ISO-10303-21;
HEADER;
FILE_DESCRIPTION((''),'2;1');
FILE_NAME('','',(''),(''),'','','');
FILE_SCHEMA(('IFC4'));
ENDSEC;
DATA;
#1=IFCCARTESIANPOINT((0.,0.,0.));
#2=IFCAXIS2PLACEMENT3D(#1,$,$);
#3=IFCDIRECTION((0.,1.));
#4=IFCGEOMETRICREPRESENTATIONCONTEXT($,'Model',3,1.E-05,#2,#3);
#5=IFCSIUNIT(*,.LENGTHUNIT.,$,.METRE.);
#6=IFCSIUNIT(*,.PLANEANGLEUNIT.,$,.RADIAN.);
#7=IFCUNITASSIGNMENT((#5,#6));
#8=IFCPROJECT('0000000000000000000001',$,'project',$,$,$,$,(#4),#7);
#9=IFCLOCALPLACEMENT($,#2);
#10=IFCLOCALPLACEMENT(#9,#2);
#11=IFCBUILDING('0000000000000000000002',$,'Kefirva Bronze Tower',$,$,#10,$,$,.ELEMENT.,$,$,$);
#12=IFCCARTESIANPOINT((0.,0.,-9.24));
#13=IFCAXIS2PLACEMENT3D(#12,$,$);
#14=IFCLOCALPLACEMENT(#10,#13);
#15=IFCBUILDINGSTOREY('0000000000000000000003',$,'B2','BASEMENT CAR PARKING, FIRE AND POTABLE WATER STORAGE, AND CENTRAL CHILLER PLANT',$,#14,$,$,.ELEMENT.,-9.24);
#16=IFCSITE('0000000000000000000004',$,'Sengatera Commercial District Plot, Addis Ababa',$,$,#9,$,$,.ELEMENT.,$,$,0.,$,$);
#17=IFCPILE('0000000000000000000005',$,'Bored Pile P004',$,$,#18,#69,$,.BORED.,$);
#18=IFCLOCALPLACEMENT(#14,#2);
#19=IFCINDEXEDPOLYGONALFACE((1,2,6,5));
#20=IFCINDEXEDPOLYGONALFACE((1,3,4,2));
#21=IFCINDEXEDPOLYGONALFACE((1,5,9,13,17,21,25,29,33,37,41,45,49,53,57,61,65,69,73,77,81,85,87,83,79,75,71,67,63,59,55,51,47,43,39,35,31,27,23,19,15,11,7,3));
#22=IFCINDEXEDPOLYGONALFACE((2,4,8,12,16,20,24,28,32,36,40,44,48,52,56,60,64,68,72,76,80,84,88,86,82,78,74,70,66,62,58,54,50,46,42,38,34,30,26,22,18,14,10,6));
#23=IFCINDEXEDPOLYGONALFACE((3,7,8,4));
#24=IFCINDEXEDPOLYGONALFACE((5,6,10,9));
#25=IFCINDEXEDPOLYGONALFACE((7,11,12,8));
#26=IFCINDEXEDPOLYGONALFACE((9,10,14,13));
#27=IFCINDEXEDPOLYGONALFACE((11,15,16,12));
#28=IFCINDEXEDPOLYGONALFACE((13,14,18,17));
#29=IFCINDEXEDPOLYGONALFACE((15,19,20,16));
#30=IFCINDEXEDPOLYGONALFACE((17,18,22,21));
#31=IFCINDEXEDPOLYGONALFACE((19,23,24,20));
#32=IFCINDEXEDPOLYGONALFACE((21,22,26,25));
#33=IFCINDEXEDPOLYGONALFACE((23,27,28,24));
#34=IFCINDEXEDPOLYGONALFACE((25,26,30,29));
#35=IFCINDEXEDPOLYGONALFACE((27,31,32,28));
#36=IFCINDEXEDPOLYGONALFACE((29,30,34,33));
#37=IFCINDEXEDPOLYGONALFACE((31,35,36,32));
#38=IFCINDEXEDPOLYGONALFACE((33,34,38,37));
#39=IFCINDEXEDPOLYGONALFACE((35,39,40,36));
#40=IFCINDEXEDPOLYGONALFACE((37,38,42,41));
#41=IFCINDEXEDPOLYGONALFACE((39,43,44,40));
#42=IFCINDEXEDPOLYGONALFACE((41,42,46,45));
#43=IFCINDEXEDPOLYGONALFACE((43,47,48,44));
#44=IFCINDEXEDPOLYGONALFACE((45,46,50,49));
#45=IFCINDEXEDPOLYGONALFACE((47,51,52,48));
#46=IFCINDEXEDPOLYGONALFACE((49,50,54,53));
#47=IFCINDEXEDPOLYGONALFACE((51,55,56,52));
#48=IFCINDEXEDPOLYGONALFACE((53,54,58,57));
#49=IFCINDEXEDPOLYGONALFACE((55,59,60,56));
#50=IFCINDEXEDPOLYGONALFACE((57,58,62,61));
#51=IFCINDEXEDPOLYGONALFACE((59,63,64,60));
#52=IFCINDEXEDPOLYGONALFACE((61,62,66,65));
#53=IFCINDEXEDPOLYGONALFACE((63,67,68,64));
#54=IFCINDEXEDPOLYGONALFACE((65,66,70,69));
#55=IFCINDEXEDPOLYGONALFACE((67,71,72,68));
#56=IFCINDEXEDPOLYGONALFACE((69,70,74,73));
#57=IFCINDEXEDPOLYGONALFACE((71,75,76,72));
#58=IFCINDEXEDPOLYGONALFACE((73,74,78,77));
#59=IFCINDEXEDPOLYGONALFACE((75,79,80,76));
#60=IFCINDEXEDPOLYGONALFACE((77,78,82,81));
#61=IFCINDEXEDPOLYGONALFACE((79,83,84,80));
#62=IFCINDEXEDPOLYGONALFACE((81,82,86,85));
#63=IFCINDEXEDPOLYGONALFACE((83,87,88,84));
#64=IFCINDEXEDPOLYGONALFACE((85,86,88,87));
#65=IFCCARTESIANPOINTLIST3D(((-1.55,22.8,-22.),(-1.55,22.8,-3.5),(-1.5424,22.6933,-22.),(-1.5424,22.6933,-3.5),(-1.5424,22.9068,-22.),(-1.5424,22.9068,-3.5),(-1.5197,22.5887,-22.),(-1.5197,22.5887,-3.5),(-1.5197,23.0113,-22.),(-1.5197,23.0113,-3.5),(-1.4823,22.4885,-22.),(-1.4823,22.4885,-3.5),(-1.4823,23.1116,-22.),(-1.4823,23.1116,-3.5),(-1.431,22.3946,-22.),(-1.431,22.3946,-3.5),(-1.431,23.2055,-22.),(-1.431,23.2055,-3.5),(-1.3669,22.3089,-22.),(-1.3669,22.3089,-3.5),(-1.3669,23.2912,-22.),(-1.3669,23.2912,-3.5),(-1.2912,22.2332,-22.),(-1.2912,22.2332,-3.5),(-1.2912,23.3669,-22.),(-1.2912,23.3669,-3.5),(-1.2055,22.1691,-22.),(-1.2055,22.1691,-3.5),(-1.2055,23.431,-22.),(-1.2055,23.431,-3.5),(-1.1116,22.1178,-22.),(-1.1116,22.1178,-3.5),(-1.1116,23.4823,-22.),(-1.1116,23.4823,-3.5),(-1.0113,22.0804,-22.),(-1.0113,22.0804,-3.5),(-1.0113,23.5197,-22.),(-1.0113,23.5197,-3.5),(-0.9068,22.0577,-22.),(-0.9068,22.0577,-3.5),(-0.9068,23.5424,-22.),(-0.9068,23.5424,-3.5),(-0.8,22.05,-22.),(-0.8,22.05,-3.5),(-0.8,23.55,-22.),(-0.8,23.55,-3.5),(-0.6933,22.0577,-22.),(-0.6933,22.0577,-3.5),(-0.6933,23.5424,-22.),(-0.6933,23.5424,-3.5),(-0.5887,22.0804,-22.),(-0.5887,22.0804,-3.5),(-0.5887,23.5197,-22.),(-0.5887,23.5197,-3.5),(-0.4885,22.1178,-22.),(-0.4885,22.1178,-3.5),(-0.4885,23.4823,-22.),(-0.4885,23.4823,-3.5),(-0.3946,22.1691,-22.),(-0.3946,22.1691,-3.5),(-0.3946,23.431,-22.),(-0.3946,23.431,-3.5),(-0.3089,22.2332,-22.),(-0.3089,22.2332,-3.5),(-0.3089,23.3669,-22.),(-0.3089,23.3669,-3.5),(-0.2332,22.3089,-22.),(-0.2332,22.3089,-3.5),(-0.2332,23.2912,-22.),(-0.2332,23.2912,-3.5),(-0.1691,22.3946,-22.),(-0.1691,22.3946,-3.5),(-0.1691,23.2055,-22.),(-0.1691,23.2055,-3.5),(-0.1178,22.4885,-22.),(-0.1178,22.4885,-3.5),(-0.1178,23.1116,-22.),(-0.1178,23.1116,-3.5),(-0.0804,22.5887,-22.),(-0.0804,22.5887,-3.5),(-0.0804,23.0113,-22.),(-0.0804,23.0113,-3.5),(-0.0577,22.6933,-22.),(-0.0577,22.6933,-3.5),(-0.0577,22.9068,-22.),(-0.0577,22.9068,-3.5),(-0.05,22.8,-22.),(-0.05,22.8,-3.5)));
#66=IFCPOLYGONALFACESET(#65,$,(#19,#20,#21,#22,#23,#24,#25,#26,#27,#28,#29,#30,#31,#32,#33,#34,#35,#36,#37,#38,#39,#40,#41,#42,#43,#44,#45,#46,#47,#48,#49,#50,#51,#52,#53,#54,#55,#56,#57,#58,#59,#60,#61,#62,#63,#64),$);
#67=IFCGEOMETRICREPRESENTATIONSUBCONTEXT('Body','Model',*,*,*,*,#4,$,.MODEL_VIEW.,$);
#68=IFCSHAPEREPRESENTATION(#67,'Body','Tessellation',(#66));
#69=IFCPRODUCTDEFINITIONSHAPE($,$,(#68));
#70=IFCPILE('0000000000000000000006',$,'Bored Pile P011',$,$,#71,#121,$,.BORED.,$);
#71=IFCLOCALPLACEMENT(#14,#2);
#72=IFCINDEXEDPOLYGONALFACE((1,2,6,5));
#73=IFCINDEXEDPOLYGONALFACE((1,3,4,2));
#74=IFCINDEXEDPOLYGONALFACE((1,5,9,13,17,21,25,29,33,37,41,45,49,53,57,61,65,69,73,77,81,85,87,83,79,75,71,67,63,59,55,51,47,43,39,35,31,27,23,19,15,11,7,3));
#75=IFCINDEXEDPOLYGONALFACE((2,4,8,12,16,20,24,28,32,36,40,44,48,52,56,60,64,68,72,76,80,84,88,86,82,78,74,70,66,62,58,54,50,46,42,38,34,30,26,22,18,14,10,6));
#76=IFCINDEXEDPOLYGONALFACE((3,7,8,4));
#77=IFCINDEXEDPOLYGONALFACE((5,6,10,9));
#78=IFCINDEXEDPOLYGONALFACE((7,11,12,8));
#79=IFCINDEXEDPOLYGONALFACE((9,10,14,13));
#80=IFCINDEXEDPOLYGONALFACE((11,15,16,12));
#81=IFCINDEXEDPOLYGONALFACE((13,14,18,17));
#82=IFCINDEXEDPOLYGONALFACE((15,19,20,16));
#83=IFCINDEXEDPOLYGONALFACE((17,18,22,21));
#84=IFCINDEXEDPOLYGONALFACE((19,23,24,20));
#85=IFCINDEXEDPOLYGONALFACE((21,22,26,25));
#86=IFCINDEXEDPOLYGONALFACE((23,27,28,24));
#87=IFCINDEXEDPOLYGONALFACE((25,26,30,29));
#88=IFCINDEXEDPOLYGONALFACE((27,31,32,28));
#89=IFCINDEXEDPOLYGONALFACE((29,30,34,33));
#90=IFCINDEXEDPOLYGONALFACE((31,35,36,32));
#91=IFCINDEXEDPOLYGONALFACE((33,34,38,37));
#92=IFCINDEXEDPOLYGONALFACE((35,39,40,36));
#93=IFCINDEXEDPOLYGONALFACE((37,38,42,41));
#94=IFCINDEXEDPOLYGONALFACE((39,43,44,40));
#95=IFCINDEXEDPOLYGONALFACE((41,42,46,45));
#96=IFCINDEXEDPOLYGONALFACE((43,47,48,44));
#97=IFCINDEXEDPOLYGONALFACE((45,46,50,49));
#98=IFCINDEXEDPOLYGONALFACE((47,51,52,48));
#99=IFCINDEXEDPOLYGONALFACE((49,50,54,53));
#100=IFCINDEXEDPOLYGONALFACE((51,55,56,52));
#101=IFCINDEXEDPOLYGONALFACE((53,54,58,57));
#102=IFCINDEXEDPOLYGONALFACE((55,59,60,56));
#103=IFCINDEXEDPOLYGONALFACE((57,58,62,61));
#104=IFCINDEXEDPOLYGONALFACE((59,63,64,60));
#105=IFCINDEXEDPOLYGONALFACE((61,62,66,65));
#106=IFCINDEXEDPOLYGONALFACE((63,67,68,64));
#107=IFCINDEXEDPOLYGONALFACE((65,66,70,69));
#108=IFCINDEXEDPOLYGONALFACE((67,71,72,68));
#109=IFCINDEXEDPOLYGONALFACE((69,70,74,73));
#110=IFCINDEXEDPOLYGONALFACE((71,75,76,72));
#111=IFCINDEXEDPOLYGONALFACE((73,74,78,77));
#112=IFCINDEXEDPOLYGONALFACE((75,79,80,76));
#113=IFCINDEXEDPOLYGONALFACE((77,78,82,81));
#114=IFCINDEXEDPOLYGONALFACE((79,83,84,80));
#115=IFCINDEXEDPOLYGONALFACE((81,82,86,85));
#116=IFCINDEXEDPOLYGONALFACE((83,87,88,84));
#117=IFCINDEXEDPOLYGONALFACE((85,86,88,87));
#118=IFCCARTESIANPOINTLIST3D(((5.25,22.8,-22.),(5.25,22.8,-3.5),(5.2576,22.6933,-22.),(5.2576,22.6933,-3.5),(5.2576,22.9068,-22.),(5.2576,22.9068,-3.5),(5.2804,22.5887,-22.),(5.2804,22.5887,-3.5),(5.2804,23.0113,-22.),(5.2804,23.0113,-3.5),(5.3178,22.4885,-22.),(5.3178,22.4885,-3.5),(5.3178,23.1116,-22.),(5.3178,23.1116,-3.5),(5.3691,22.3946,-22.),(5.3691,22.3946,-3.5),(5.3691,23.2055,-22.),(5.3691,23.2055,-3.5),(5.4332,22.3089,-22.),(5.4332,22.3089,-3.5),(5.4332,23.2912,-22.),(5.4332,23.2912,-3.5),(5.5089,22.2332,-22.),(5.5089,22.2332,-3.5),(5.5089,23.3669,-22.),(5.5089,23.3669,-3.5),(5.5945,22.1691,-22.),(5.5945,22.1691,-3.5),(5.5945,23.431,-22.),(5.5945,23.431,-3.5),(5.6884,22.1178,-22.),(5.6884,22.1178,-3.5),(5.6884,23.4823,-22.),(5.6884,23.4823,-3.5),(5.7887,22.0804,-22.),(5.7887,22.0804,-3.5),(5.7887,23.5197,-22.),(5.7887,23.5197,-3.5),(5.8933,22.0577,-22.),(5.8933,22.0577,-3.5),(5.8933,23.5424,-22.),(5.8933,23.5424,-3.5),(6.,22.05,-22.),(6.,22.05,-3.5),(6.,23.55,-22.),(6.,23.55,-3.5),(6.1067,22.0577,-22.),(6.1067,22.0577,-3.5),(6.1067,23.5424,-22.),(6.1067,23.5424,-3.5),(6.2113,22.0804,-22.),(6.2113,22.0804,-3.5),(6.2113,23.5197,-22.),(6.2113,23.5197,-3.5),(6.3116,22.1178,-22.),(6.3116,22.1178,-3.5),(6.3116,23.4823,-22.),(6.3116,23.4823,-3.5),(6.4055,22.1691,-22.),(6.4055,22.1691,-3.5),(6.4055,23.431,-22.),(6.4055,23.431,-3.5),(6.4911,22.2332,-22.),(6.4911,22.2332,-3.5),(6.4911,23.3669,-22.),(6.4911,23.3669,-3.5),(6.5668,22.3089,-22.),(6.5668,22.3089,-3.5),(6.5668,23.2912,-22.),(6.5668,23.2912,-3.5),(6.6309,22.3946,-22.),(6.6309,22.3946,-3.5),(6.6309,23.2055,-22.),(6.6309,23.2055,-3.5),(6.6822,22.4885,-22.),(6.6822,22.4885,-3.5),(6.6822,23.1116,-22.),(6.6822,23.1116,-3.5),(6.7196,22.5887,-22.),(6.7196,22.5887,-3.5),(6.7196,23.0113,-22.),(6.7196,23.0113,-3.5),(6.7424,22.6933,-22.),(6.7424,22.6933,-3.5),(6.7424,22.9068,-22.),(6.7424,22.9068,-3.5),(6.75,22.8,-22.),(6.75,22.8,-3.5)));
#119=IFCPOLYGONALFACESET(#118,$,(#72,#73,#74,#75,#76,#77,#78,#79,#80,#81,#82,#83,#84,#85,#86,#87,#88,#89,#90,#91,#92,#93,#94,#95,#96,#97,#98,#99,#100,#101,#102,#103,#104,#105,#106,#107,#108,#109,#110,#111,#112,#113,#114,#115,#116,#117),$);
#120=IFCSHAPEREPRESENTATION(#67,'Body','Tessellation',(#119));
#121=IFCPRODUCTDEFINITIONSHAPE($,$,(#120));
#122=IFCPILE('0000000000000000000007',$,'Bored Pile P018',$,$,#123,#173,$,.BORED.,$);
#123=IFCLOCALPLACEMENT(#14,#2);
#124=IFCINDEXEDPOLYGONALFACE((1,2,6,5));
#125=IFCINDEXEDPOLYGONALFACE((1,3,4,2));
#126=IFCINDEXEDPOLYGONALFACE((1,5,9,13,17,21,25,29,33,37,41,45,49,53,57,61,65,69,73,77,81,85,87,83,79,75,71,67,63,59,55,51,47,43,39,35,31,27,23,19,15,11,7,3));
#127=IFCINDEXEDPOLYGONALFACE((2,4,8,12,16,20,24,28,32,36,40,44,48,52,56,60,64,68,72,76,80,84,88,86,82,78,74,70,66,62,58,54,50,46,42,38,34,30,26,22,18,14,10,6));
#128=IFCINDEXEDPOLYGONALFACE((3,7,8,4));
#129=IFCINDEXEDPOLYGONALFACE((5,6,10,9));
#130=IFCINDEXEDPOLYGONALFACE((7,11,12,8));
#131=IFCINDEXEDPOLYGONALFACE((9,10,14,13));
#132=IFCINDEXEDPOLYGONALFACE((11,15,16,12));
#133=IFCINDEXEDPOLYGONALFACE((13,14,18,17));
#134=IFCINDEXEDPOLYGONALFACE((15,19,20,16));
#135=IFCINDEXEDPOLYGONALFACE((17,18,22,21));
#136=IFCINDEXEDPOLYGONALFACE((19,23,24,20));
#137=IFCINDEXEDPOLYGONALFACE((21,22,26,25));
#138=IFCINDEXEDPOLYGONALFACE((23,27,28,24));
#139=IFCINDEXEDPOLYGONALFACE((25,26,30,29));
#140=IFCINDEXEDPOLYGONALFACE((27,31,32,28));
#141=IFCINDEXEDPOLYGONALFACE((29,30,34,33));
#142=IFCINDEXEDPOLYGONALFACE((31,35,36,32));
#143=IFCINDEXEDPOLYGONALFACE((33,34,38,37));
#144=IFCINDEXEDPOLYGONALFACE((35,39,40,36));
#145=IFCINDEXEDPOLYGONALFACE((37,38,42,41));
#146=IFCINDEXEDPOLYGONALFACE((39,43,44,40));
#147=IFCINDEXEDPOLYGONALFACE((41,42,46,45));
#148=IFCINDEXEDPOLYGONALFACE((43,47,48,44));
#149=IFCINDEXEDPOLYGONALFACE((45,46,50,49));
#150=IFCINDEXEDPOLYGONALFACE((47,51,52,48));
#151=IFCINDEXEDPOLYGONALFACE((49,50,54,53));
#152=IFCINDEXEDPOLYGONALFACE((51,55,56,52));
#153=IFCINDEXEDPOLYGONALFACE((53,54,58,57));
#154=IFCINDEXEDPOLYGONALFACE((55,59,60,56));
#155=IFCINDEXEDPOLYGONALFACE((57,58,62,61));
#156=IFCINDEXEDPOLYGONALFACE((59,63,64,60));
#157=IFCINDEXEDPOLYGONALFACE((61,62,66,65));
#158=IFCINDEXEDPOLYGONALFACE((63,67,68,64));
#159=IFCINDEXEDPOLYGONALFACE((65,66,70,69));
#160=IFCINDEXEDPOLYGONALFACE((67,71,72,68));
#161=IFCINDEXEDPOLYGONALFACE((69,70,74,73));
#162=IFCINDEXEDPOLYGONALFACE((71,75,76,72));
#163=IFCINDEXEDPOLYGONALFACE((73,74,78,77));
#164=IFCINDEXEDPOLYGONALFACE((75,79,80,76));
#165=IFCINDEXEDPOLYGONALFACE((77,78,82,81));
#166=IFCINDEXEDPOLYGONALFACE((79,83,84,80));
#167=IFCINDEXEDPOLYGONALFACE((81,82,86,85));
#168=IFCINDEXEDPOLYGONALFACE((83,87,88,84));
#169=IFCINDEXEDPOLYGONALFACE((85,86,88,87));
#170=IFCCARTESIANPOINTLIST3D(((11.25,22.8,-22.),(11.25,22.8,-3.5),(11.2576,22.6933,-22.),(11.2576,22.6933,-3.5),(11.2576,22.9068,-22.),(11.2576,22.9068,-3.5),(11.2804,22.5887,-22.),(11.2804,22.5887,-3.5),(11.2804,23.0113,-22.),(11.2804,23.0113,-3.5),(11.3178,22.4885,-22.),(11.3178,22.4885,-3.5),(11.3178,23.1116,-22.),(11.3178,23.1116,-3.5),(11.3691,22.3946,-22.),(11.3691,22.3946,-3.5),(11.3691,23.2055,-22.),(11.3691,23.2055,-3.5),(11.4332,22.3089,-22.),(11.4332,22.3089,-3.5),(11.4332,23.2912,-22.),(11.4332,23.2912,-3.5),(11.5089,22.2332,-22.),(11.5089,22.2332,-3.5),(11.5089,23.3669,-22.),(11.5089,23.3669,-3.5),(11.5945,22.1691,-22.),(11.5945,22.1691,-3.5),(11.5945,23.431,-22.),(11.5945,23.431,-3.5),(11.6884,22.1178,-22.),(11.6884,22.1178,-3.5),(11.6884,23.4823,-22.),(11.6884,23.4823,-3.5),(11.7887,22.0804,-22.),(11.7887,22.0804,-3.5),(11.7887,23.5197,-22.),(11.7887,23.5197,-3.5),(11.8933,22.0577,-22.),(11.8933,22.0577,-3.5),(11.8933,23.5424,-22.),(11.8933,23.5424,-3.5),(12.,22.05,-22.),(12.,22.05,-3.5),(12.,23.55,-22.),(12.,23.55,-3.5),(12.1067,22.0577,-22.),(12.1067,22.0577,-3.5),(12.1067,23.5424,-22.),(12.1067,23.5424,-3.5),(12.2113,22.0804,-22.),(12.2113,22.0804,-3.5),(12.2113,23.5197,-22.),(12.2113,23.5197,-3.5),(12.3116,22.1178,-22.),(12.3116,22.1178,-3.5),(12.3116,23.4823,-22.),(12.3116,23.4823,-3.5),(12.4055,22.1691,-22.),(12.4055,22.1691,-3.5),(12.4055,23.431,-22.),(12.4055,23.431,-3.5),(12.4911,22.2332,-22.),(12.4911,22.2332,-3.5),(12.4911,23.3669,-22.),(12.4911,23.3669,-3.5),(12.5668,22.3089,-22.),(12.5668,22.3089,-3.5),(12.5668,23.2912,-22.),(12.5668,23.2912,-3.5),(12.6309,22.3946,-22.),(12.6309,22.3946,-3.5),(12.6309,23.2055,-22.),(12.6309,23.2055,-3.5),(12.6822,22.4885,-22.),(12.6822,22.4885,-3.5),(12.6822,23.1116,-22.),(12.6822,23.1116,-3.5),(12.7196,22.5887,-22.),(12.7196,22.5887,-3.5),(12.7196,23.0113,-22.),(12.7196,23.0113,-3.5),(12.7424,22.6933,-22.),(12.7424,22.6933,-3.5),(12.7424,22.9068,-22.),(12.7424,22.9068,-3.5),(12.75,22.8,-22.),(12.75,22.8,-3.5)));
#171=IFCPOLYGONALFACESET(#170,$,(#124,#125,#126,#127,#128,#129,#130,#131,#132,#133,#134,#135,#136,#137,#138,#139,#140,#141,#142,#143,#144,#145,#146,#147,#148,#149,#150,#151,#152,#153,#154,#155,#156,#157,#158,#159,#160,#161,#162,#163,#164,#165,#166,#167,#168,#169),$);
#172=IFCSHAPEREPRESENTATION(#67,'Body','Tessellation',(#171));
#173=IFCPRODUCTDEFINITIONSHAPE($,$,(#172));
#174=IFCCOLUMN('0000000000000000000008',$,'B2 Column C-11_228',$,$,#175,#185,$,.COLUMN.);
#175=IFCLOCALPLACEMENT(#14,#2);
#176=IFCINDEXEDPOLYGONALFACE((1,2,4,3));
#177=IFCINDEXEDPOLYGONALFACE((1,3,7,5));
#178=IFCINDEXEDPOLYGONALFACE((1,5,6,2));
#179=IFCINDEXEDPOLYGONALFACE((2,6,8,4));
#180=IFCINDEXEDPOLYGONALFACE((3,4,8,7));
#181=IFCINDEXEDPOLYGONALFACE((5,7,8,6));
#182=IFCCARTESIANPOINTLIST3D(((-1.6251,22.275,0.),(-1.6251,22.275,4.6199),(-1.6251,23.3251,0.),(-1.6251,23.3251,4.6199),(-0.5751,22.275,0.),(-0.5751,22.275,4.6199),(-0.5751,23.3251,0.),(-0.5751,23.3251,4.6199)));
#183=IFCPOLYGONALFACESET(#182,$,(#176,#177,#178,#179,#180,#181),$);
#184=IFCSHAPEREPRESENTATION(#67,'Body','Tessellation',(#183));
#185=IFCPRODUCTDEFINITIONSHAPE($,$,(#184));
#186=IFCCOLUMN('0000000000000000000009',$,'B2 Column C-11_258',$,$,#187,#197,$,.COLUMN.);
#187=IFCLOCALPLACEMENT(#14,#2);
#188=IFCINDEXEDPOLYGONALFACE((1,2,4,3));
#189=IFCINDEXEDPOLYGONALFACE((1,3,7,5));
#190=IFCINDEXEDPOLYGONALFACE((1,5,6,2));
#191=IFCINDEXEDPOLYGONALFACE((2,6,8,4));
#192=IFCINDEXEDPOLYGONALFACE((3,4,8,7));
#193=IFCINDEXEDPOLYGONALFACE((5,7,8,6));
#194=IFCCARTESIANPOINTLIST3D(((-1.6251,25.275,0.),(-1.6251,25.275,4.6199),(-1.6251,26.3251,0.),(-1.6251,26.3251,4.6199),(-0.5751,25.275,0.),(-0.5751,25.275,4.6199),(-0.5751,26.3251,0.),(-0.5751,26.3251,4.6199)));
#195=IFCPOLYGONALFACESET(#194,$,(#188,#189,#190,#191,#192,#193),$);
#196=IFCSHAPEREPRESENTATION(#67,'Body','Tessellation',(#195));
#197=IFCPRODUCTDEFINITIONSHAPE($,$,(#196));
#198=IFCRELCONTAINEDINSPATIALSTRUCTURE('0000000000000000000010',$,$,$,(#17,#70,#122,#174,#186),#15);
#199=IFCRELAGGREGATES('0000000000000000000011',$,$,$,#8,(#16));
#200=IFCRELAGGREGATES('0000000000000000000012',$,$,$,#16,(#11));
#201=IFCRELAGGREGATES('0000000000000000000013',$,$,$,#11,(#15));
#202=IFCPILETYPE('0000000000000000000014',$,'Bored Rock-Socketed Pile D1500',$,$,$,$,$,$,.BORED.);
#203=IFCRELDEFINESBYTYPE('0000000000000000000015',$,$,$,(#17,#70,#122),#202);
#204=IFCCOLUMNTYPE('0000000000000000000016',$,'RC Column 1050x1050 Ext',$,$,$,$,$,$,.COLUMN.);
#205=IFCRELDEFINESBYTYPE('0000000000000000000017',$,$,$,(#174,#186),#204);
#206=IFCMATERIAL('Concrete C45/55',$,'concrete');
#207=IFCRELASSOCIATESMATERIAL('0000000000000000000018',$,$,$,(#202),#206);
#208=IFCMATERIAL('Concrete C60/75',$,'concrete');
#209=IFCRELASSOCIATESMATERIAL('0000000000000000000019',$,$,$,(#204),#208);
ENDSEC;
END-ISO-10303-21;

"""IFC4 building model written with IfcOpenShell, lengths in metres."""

from ifc_helpers import new_model, si_unit, direction, frame, origin, origin_2d, place, context, subcontext, project, spatial, rectangle, circle, extrude, material, material_profile, profile_set, type_object, element, save


model = new_model("IFC4")

# Units and contexts
model_context = context("Model", 3, precision=1e-05, world=origin(), true_north=direction((0.0, 1.0)))
body_context = subcontext(model_context, "Body", "Model", "MODEL_VIEW")
ifc_project = project(units=[si_unit("LENGTHUNIT", "METRE"), si_unit("PLANEANGLEUNIT", "RADIAN")], contexts=[model_context])

# Site, building, storey
site_placement = place(None, origin())
site = spatial("IfcSite", under=ifc_project, at=site_placement, Name="Sengatera Commercial District Plot, Addis Ababa", CompositionType="ELEMENT", RefElevation=0.0)
building_placement = place(site_placement, origin())
building = spatial("IfcBuilding", under=site, at=building_placement, Name="Kefirva Bronze Tower", CompositionType="ELEMENT")
storey_placement = place(building_placement, frame((0.0, 0.0, -9.24)))
storey = spatial("IfcBuildingStorey", under=building, at=storey_placement, Name="B2", Description="BASEMENT CAR PARKING, FIRE AND POTABLE WATER STORAGE, AND CENTRAL CHILLER PLANT", CompositionType="ELEMENT", Elevation=-9.24)

# Piles
ifc_material_1 = material(Name="Concrete C45/55", Category="concrete")
ifc_material_profile_1 = material_profile(ifc_material_1, circle(Radius=0.75, at=origin_2d()), Name="BORED PILE D1500")
ifc_profile_set_1 = profile_set([ifc_material_profile_1], Name="Concrete C45/55")
pile_type = type_object("IfcPileType", Name="Bored Rock-Socketed Pile D1500", PredefinedType="BORED", material=ifc_profile_set_1)
for number, where, z_axis, x_axis, name in (
    (1, (-0.8, 22.8, -3.5), (0.0, 0.0, -1.0), (1.0, 0.0, 0.0), "Bored Pile P004"),
    (2, (6.0, 22.8, -3.5), (0.0, 0.0, -1.0), (1.0, 0.0, 0.0), "Bored Pile P011"),
    (3, (12.0, 22.8, -3.5), (0.0, 0.0, -1.0), (1.0, 0.0, 0.0), "Bored Pile P018"),
):
    element("IfcPile", number, at=place(storey_placement, frame(where, z_axis=z_axis, x_axis=x_axis)), inside=storey, type_object=pile_type, Name=name, PredefinedType="BORED", context=body_context, shape_type="SweptSolid", body=[
        extrude(circle(Radius=0.75, at=origin_2d()), origin(), (0.0, 0.0, 1.0), 18.5),
    ])

# Columns
ifc_material_2 = material(Name="Concrete C60/75", Category="concrete")
ifc_material_profile_2 = material_profile(ifc_material_2, rectangle(XDim=1.05, YDim=1.05, at=origin_2d()), Name="RC 1050x1050")
ifc_profile_set_2 = profile_set([ifc_material_profile_2], Name="Concrete C60/75")
column_type_1 = type_object("IfcColumnType", Name="RC Column 1050x1050 Ext", PredefinedType="COLUMN", material=ifc_profile_set_2)
for number, where, z_axis, x_axis, name in (
    (4, (-1.1001, 22.8, 0.0), (0.0, 0.0, 1.0), (1.0, 0.0, 0.0), "B2 Column C-11_228"),
    (5, (-1.1001, 25.8, 0.0), (0.0, 0.0, 1.0), (1.0, 0.0, 0.0), "B2 Column C-11_258"),
):
    element("IfcColumn", number, at=place(storey_placement, frame(where, z_axis=z_axis, x_axis=x_axis)), inside=storey, type_object=column_type_1, Name=name, PredefinedType="COLUMN", context=body_context, shape_type="SweptSolid", body=[
        extrude(rectangle(XDim=1.05, YDim=1.05, at=origin_2d()), origin(), (0.0, 0.0, 1.0), 4.6199),
    ])

save(model, "model.ifc")
